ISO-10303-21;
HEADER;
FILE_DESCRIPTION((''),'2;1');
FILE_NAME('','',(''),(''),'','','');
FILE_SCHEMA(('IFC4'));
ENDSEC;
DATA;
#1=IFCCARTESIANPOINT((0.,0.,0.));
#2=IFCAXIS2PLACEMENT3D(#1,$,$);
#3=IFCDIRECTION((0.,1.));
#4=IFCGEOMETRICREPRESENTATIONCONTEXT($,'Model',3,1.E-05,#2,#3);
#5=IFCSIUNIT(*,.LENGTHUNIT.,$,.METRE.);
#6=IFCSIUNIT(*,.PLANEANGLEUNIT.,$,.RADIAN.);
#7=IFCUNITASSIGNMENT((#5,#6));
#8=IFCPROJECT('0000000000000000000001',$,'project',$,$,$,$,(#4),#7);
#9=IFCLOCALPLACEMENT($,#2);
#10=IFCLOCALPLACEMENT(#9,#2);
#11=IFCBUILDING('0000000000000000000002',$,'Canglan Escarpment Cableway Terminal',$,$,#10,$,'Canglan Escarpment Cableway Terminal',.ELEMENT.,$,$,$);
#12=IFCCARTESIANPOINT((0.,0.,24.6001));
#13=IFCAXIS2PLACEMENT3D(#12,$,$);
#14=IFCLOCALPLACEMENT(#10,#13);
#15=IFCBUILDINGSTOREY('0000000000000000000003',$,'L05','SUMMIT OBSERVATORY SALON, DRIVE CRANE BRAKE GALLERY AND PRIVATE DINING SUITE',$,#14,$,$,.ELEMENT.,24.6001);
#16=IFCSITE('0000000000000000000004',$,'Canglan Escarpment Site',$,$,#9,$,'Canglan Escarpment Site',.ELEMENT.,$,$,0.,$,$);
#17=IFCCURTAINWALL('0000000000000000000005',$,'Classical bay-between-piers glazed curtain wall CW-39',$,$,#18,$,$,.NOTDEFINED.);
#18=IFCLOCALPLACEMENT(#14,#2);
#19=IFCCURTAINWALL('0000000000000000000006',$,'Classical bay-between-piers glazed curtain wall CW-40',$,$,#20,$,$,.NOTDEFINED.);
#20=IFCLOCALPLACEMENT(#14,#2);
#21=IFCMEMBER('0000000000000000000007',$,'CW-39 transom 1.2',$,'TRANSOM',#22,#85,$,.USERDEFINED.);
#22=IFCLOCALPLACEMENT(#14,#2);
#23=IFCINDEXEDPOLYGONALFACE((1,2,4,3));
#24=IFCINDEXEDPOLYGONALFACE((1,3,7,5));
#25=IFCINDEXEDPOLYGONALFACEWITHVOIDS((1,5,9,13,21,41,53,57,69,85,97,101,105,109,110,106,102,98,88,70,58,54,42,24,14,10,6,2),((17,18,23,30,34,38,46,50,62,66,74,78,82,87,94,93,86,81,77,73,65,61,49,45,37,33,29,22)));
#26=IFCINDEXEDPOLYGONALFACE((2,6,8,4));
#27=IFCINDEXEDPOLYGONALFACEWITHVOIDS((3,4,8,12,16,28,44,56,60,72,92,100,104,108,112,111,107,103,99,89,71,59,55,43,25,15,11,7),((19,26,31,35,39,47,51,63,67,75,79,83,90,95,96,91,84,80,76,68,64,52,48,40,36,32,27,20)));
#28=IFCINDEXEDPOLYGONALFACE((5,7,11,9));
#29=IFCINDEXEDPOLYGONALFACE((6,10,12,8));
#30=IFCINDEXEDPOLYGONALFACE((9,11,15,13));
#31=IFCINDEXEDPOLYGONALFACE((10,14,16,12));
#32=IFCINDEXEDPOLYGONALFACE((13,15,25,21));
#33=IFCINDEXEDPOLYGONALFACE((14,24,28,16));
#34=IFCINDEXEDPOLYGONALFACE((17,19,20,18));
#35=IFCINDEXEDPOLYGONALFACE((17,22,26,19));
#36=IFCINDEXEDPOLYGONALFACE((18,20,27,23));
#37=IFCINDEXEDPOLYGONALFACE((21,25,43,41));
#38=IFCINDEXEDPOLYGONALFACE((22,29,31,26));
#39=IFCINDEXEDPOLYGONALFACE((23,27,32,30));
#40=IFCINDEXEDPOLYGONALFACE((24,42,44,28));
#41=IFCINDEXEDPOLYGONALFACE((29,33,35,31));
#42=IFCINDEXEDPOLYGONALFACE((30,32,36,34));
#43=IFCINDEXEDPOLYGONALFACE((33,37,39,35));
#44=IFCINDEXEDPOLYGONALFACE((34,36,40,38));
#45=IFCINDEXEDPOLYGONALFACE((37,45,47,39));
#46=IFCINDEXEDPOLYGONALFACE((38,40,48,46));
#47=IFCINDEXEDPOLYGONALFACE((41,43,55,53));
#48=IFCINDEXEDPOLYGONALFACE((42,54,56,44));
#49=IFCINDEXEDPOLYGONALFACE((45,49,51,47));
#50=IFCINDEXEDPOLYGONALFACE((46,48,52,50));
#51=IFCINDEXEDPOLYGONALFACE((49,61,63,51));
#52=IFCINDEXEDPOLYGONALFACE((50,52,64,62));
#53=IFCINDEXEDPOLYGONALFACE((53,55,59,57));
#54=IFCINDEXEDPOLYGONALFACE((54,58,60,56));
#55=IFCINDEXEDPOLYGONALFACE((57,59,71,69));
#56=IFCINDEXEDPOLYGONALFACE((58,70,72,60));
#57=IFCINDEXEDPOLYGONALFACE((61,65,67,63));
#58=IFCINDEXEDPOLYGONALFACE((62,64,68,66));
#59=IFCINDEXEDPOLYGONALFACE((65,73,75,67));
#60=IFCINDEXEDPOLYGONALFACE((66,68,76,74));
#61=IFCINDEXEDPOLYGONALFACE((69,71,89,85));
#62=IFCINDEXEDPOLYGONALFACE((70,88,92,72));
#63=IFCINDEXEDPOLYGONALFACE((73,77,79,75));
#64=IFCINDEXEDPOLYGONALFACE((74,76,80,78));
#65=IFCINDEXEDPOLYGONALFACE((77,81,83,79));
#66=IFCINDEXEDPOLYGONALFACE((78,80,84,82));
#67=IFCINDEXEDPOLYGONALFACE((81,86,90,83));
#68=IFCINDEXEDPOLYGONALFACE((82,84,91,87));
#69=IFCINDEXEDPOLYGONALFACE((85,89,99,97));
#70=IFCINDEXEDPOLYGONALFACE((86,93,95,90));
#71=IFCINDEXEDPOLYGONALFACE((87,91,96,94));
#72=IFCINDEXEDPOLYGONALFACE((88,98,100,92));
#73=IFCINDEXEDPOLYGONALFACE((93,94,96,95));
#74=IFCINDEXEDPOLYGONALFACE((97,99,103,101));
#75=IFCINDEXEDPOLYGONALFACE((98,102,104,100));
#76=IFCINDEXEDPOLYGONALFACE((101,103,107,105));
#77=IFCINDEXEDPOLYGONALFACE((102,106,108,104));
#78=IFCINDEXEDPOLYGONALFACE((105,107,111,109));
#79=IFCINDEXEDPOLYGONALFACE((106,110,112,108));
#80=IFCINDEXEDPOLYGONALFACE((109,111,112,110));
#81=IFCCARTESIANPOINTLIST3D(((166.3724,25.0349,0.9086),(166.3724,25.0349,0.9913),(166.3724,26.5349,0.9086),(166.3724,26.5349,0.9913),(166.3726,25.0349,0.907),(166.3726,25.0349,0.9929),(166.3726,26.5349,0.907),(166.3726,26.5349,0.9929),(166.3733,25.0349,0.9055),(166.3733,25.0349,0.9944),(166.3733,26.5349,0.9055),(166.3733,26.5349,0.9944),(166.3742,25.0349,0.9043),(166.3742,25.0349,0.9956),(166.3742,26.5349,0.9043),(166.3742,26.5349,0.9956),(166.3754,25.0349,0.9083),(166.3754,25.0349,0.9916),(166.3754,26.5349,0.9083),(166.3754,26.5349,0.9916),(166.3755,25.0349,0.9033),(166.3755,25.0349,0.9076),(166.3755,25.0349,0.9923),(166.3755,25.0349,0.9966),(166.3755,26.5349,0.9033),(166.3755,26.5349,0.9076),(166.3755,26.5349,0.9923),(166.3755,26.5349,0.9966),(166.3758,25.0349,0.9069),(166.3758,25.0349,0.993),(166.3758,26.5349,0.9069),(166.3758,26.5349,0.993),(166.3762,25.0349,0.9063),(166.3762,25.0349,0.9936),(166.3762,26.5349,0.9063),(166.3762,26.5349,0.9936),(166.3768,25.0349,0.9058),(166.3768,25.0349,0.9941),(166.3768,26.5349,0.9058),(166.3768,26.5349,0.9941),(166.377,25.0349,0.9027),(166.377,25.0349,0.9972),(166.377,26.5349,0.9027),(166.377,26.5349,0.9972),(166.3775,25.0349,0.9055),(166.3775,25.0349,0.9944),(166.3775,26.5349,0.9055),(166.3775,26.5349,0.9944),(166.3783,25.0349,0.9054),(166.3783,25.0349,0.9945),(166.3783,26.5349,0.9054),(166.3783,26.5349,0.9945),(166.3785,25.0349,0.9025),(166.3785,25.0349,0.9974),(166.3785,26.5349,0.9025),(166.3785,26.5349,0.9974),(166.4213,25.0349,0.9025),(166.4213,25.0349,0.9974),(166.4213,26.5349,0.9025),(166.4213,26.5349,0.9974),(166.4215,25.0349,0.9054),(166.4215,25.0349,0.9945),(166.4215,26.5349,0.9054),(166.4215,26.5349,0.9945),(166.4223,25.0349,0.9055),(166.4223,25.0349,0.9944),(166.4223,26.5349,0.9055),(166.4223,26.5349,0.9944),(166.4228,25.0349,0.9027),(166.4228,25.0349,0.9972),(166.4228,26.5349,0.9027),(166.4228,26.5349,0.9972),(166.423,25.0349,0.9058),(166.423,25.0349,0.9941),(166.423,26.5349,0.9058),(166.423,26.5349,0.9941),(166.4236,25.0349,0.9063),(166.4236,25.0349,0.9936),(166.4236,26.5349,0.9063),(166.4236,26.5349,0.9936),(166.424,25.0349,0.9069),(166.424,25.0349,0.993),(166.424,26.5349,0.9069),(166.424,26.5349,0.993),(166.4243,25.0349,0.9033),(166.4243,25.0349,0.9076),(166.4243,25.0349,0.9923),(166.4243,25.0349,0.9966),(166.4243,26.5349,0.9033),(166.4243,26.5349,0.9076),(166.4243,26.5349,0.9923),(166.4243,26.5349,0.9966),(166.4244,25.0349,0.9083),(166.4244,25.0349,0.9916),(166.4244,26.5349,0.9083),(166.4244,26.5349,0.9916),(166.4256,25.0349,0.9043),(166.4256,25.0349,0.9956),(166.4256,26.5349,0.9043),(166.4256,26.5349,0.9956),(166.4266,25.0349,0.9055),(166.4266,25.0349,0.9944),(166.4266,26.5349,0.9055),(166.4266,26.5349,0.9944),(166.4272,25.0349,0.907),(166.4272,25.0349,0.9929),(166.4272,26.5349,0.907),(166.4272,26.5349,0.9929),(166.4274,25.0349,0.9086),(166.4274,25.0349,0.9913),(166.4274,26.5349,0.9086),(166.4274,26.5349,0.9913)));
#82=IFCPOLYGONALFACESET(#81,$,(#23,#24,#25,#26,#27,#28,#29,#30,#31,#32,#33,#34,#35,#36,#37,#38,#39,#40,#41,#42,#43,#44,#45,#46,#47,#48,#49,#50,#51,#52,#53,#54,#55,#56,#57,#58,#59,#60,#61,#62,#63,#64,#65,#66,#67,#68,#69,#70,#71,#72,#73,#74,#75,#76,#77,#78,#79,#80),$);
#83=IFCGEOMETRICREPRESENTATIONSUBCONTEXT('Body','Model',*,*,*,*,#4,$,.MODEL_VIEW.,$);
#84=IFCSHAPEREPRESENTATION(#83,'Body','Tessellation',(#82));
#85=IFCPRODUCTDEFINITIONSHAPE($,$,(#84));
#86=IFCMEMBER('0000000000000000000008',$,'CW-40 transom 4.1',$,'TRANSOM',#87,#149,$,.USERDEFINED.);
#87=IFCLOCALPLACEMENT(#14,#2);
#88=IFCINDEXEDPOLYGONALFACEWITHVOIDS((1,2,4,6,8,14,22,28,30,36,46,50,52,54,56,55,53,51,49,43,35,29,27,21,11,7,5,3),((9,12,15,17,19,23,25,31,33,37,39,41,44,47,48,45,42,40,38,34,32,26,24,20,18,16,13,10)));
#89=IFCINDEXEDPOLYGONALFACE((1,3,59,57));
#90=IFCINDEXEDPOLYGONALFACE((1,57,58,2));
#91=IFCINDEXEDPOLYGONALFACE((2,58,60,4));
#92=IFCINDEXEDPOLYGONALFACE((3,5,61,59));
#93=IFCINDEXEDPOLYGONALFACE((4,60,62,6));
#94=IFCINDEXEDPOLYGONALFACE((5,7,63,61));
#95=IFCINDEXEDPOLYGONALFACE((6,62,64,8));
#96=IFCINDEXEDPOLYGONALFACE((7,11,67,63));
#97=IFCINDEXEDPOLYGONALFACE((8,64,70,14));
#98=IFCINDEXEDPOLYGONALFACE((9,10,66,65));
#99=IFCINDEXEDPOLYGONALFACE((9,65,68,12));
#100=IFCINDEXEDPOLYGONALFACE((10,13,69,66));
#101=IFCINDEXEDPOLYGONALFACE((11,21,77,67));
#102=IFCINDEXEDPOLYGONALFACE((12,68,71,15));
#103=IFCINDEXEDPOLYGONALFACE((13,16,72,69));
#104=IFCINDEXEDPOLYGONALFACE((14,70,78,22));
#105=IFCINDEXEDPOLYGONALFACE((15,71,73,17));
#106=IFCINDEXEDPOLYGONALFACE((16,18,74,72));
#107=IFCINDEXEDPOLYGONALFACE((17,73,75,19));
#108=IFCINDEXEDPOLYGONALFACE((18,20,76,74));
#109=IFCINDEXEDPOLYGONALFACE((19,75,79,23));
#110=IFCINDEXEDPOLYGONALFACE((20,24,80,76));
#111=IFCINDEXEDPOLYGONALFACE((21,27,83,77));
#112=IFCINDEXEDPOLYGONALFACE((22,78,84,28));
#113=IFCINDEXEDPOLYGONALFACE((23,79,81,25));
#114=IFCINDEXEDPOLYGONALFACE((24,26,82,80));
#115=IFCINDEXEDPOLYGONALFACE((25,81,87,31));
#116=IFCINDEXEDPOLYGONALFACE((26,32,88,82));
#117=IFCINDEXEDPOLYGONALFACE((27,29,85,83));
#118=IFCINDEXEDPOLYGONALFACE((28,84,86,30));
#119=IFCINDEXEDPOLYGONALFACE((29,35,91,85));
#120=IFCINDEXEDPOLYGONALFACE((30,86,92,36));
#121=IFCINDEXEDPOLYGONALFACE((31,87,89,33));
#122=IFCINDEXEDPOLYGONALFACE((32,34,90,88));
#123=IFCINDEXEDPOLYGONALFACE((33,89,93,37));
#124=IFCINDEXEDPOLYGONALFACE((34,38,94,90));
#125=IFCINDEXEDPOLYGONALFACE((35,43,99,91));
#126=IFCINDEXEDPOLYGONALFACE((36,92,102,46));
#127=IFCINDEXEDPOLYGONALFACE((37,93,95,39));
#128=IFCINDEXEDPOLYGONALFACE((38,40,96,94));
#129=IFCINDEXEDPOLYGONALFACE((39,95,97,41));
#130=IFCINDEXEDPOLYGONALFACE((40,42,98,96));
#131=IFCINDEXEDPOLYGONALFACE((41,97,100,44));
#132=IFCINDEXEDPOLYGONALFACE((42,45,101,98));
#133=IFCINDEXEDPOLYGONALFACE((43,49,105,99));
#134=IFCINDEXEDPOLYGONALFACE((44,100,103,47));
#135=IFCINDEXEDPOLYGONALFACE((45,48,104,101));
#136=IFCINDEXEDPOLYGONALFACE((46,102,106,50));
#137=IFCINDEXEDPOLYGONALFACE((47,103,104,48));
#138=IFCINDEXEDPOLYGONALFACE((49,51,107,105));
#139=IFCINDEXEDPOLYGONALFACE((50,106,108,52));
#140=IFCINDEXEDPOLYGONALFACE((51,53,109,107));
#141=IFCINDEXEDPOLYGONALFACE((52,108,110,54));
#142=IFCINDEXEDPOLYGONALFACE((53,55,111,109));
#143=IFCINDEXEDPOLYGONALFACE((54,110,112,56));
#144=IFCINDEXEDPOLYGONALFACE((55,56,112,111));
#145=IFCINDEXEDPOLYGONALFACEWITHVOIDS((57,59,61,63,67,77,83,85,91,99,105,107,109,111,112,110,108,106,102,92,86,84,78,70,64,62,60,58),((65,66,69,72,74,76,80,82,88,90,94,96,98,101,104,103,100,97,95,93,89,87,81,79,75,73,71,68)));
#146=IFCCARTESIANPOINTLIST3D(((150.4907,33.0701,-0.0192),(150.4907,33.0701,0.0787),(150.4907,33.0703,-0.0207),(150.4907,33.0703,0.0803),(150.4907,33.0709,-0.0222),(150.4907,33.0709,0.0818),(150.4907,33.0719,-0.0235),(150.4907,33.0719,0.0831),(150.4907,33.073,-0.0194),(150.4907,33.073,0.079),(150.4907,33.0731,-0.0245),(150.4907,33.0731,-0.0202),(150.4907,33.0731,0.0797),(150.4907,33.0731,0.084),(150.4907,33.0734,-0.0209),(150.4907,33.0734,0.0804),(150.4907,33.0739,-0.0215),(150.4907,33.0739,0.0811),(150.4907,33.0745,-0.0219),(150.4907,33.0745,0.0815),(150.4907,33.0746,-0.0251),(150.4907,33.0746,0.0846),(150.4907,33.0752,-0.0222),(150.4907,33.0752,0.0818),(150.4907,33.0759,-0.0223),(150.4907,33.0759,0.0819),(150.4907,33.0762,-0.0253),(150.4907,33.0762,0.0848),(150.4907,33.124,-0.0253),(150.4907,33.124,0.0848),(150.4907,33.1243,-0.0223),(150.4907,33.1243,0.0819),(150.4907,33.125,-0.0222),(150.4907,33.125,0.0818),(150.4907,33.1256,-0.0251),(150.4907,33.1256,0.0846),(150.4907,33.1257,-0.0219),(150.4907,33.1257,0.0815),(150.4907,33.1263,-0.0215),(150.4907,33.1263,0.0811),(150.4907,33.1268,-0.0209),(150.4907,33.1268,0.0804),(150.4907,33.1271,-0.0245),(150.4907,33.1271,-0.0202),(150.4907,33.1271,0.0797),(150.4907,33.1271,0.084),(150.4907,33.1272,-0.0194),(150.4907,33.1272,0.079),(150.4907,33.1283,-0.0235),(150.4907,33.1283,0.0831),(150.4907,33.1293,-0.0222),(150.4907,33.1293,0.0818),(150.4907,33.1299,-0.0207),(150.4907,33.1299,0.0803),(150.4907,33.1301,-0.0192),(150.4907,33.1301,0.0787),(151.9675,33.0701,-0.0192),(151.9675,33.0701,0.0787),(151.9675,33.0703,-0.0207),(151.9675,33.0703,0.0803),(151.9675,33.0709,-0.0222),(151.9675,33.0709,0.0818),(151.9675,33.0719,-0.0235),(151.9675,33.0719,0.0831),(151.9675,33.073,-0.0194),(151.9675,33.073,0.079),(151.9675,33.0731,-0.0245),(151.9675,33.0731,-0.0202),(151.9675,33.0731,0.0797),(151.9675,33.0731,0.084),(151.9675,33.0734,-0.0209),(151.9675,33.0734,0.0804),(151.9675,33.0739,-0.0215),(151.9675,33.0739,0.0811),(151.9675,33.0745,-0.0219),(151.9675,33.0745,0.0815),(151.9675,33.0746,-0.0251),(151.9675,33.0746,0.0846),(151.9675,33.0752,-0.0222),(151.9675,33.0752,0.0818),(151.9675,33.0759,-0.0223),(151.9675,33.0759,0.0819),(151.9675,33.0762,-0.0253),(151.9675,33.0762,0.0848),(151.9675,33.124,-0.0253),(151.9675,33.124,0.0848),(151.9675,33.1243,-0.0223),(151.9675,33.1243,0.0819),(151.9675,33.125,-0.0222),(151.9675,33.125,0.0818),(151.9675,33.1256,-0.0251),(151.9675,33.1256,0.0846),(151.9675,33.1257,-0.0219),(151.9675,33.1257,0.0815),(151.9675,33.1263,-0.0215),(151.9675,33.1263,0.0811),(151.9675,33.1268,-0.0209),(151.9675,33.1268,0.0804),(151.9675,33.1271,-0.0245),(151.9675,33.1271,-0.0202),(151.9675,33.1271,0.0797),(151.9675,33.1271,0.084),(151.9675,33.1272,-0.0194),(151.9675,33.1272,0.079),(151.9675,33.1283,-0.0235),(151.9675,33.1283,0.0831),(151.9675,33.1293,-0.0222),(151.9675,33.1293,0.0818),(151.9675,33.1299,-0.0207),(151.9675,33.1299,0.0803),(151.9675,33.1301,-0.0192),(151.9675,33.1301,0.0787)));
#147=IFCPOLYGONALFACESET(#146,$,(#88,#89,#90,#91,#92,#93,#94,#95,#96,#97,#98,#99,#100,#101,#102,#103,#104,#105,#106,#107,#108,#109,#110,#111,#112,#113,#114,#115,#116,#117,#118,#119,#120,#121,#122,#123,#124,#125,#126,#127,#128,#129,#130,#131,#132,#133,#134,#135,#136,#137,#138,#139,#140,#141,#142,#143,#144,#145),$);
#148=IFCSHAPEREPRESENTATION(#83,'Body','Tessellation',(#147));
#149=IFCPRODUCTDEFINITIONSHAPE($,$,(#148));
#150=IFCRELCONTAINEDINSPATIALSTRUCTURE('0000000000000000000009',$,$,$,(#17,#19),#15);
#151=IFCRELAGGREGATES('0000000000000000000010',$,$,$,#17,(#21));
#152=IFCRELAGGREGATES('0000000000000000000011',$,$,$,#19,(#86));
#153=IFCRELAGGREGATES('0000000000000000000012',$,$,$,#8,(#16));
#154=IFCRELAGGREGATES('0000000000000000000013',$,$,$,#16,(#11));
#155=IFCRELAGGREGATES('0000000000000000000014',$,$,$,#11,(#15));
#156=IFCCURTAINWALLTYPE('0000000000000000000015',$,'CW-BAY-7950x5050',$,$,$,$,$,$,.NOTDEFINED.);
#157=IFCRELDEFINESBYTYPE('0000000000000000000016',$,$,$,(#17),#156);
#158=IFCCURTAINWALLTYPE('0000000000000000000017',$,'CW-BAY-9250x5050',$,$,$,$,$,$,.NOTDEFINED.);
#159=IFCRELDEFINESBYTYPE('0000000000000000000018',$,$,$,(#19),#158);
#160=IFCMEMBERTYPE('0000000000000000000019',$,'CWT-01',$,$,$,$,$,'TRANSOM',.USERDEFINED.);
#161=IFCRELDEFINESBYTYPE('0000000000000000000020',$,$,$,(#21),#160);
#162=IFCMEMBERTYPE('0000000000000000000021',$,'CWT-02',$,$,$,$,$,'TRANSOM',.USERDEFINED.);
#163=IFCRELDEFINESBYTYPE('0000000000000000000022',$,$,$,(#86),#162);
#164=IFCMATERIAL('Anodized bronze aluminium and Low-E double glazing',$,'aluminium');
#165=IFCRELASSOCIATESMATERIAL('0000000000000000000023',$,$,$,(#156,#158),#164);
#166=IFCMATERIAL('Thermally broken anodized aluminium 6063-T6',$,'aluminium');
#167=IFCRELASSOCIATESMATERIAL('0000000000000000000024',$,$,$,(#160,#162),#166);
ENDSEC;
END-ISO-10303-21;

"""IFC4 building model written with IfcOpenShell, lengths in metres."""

from ifc_helpers import new_model, si_unit, direction, frame, origin, origin_2d, place, context, subcontext, project, spatial, hollow_rectangle, extrude, material, material_profile, profile_set, type_object, element, aggregate, save


model = new_model("IFC4")

# Units and contexts
model_context = context("Model", 3, precision=1e-05, world=origin(), true_north=direction((0.0, 1.0)))
body_context = subcontext(model_context, "Body", "Model", "MODEL_VIEW")
ifc_project = project(units=[si_unit("LENGTHUNIT", "METRE"), si_unit("PLANEANGLEUNIT", "RADIAN")], contexts=[model_context])

# Site, building, storey
site_placement = place(None, origin())
site = spatial("IfcSite", under=ifc_project, at=site_placement, Name="Canglan Escarpment Site", LongName="Canglan Escarpment Site", CompositionType="ELEMENT", RefElevation=0.0)
building_placement = place(site_placement, origin())
building = spatial("IfcBuilding", under=site, at=building_placement, Name="Canglan Escarpment Cableway Terminal", LongName="Canglan Escarpment Cableway Terminal", CompositionType="ELEMENT")
storey_placement = place(building_placement, frame((0.0, 0.0, 24.6001)))
storey = spatial("IfcBuildingStorey", under=building, at=storey_placement, Name="L05", Description="SUMMIT OBSERVATORY SALON, DRIVE CRANE BRAKE GALLERY AND PRIVATE DINING SUITE", CompositionType="ELEMENT", Elevation=24.6001)

# Curtain wall
ifc_material_1 = material(Name="Anodized bronze aluminium and Low-E double glazing", Category="aluminium")
curtain_wall_type_1 = type_object("IfcCurtainWallType", Name="CW-BAY-7950x5050", PredefinedType="NOTDEFINED", material=ifc_material_1)
curtain_wall_1_placement = place(storey_placement, origin())
curtain_wall_1 = element("IfcCurtainWall", 1, at=curtain_wall_1_placement, inside=storey, type_object=curtain_wall_type_1, Name="Classical bay-between-piers glazed curtain wall CW-39", PredefinedType="NOTDEFINED")
ifc_material_2 = material(Name="Thermally broken anodized aluminium 6063-T6", Category="aluminium")

# Curtain wall
curtain_wall_type_2 = type_object("IfcCurtainWallType", Name="CW-BAY-9250x5050", PredefinedType="NOTDEFINED", material=ifc_material_1)
curtain_wall_2_placement = place(storey_placement, origin())
curtain_wall_2 = element("IfcCurtainWall", 2, at=curtain_wall_2_placement, inside=storey, type_object=curtain_wall_type_2, Name="Classical bay-between-piers glazed curtain wall CW-40", PredefinedType="NOTDEFINED")

# Members
ifc_material_profile_1 = material_profile(ifc_material_2, hollow_rectangle(XDim=0.0549, YDim=0.095, WallThickness=0.0029, InnerFilletRadius=0.0029, OuterFilletRadius=0.0061, at=origin_2d()), Name="ALU-TRAN 55x95x3")
ifc_profile_set_1 = profile_set([ifc_material_profile_1], Name="Thermally broken anodized aluminium 6063-T6")
member_type_1 = type_object("IfcMemberType", Name="CWT-01", ElementType="TRANSOM", PredefinedType="USERDEFINED", material=ifc_profile_set_1)
member_1_placement = place(storey_placement, frame((166.3999, 25.0349, 0.95), z_axis=(0.0, 1.0, 0.0), x_axis=(-1.0, 0.0, 0.0)))
member_1 = element("IfcMember", 3, at=member_1_placement, type_object=member_type_1, Name="CW-39 transom 1.2", ObjectType="TRANSOM", PredefinedType="USERDEFINED", context=body_context, shape_type="SweptSolid", body=[
    extrude(hollow_rectangle(XDim=0.0549, YDim=0.095, WallThickness=0.0029, InnerFilletRadius=0.0029, OuterFilletRadius=0.0061, at=origin_2d()), origin(), (0.0, 0.0, 1.0), 1.5),
])
aggregate(curtain_wall_1, [member_1])
ifc_material_profile_2 = material_profile(ifc_material_2, hollow_rectangle(XDim=0.0601, YDim=0.1101, WallThickness=0.0029, InnerFilletRadius=0.0029, OuterFilletRadius=0.0061, at=origin_2d()), Name="ALU-TRAN 60x110x3")
ifc_profile_set_2 = profile_set([ifc_material_profile_2], Name="Thermally broken anodized aluminium 6063-T6")
member_type_2 = type_object("IfcMemberType", Name="CWT-02", ElementType="TRANSOM", PredefinedType="USERDEFINED", material=ifc_profile_set_2)
member_2_placement = place(storey_placement, frame((151.9675, 33.1001, 0.0298), z_axis=(-1.0, 0.0, 0.0), x_axis=(0.0, -1.0, 0.0)))
member_2 = element("IfcMember", 4, at=member_2_placement, type_object=member_type_2, Name="CW-40 transom 4.1", ObjectType="TRANSOM", PredefinedType="USERDEFINED", context=body_context, shape_type="SweptSolid", body=[
    extrude(hollow_rectangle(XDim=0.0601, YDim=0.1101, WallThickness=0.0029, InnerFilletRadius=0.0029, OuterFilletRadius=0.0061, at=origin_2d()), origin(), (0.0, 0.0, 1.0), 1.4768),
])

aggregate(curtain_wall_2, [member_2])

save(model, "model.ifc")
